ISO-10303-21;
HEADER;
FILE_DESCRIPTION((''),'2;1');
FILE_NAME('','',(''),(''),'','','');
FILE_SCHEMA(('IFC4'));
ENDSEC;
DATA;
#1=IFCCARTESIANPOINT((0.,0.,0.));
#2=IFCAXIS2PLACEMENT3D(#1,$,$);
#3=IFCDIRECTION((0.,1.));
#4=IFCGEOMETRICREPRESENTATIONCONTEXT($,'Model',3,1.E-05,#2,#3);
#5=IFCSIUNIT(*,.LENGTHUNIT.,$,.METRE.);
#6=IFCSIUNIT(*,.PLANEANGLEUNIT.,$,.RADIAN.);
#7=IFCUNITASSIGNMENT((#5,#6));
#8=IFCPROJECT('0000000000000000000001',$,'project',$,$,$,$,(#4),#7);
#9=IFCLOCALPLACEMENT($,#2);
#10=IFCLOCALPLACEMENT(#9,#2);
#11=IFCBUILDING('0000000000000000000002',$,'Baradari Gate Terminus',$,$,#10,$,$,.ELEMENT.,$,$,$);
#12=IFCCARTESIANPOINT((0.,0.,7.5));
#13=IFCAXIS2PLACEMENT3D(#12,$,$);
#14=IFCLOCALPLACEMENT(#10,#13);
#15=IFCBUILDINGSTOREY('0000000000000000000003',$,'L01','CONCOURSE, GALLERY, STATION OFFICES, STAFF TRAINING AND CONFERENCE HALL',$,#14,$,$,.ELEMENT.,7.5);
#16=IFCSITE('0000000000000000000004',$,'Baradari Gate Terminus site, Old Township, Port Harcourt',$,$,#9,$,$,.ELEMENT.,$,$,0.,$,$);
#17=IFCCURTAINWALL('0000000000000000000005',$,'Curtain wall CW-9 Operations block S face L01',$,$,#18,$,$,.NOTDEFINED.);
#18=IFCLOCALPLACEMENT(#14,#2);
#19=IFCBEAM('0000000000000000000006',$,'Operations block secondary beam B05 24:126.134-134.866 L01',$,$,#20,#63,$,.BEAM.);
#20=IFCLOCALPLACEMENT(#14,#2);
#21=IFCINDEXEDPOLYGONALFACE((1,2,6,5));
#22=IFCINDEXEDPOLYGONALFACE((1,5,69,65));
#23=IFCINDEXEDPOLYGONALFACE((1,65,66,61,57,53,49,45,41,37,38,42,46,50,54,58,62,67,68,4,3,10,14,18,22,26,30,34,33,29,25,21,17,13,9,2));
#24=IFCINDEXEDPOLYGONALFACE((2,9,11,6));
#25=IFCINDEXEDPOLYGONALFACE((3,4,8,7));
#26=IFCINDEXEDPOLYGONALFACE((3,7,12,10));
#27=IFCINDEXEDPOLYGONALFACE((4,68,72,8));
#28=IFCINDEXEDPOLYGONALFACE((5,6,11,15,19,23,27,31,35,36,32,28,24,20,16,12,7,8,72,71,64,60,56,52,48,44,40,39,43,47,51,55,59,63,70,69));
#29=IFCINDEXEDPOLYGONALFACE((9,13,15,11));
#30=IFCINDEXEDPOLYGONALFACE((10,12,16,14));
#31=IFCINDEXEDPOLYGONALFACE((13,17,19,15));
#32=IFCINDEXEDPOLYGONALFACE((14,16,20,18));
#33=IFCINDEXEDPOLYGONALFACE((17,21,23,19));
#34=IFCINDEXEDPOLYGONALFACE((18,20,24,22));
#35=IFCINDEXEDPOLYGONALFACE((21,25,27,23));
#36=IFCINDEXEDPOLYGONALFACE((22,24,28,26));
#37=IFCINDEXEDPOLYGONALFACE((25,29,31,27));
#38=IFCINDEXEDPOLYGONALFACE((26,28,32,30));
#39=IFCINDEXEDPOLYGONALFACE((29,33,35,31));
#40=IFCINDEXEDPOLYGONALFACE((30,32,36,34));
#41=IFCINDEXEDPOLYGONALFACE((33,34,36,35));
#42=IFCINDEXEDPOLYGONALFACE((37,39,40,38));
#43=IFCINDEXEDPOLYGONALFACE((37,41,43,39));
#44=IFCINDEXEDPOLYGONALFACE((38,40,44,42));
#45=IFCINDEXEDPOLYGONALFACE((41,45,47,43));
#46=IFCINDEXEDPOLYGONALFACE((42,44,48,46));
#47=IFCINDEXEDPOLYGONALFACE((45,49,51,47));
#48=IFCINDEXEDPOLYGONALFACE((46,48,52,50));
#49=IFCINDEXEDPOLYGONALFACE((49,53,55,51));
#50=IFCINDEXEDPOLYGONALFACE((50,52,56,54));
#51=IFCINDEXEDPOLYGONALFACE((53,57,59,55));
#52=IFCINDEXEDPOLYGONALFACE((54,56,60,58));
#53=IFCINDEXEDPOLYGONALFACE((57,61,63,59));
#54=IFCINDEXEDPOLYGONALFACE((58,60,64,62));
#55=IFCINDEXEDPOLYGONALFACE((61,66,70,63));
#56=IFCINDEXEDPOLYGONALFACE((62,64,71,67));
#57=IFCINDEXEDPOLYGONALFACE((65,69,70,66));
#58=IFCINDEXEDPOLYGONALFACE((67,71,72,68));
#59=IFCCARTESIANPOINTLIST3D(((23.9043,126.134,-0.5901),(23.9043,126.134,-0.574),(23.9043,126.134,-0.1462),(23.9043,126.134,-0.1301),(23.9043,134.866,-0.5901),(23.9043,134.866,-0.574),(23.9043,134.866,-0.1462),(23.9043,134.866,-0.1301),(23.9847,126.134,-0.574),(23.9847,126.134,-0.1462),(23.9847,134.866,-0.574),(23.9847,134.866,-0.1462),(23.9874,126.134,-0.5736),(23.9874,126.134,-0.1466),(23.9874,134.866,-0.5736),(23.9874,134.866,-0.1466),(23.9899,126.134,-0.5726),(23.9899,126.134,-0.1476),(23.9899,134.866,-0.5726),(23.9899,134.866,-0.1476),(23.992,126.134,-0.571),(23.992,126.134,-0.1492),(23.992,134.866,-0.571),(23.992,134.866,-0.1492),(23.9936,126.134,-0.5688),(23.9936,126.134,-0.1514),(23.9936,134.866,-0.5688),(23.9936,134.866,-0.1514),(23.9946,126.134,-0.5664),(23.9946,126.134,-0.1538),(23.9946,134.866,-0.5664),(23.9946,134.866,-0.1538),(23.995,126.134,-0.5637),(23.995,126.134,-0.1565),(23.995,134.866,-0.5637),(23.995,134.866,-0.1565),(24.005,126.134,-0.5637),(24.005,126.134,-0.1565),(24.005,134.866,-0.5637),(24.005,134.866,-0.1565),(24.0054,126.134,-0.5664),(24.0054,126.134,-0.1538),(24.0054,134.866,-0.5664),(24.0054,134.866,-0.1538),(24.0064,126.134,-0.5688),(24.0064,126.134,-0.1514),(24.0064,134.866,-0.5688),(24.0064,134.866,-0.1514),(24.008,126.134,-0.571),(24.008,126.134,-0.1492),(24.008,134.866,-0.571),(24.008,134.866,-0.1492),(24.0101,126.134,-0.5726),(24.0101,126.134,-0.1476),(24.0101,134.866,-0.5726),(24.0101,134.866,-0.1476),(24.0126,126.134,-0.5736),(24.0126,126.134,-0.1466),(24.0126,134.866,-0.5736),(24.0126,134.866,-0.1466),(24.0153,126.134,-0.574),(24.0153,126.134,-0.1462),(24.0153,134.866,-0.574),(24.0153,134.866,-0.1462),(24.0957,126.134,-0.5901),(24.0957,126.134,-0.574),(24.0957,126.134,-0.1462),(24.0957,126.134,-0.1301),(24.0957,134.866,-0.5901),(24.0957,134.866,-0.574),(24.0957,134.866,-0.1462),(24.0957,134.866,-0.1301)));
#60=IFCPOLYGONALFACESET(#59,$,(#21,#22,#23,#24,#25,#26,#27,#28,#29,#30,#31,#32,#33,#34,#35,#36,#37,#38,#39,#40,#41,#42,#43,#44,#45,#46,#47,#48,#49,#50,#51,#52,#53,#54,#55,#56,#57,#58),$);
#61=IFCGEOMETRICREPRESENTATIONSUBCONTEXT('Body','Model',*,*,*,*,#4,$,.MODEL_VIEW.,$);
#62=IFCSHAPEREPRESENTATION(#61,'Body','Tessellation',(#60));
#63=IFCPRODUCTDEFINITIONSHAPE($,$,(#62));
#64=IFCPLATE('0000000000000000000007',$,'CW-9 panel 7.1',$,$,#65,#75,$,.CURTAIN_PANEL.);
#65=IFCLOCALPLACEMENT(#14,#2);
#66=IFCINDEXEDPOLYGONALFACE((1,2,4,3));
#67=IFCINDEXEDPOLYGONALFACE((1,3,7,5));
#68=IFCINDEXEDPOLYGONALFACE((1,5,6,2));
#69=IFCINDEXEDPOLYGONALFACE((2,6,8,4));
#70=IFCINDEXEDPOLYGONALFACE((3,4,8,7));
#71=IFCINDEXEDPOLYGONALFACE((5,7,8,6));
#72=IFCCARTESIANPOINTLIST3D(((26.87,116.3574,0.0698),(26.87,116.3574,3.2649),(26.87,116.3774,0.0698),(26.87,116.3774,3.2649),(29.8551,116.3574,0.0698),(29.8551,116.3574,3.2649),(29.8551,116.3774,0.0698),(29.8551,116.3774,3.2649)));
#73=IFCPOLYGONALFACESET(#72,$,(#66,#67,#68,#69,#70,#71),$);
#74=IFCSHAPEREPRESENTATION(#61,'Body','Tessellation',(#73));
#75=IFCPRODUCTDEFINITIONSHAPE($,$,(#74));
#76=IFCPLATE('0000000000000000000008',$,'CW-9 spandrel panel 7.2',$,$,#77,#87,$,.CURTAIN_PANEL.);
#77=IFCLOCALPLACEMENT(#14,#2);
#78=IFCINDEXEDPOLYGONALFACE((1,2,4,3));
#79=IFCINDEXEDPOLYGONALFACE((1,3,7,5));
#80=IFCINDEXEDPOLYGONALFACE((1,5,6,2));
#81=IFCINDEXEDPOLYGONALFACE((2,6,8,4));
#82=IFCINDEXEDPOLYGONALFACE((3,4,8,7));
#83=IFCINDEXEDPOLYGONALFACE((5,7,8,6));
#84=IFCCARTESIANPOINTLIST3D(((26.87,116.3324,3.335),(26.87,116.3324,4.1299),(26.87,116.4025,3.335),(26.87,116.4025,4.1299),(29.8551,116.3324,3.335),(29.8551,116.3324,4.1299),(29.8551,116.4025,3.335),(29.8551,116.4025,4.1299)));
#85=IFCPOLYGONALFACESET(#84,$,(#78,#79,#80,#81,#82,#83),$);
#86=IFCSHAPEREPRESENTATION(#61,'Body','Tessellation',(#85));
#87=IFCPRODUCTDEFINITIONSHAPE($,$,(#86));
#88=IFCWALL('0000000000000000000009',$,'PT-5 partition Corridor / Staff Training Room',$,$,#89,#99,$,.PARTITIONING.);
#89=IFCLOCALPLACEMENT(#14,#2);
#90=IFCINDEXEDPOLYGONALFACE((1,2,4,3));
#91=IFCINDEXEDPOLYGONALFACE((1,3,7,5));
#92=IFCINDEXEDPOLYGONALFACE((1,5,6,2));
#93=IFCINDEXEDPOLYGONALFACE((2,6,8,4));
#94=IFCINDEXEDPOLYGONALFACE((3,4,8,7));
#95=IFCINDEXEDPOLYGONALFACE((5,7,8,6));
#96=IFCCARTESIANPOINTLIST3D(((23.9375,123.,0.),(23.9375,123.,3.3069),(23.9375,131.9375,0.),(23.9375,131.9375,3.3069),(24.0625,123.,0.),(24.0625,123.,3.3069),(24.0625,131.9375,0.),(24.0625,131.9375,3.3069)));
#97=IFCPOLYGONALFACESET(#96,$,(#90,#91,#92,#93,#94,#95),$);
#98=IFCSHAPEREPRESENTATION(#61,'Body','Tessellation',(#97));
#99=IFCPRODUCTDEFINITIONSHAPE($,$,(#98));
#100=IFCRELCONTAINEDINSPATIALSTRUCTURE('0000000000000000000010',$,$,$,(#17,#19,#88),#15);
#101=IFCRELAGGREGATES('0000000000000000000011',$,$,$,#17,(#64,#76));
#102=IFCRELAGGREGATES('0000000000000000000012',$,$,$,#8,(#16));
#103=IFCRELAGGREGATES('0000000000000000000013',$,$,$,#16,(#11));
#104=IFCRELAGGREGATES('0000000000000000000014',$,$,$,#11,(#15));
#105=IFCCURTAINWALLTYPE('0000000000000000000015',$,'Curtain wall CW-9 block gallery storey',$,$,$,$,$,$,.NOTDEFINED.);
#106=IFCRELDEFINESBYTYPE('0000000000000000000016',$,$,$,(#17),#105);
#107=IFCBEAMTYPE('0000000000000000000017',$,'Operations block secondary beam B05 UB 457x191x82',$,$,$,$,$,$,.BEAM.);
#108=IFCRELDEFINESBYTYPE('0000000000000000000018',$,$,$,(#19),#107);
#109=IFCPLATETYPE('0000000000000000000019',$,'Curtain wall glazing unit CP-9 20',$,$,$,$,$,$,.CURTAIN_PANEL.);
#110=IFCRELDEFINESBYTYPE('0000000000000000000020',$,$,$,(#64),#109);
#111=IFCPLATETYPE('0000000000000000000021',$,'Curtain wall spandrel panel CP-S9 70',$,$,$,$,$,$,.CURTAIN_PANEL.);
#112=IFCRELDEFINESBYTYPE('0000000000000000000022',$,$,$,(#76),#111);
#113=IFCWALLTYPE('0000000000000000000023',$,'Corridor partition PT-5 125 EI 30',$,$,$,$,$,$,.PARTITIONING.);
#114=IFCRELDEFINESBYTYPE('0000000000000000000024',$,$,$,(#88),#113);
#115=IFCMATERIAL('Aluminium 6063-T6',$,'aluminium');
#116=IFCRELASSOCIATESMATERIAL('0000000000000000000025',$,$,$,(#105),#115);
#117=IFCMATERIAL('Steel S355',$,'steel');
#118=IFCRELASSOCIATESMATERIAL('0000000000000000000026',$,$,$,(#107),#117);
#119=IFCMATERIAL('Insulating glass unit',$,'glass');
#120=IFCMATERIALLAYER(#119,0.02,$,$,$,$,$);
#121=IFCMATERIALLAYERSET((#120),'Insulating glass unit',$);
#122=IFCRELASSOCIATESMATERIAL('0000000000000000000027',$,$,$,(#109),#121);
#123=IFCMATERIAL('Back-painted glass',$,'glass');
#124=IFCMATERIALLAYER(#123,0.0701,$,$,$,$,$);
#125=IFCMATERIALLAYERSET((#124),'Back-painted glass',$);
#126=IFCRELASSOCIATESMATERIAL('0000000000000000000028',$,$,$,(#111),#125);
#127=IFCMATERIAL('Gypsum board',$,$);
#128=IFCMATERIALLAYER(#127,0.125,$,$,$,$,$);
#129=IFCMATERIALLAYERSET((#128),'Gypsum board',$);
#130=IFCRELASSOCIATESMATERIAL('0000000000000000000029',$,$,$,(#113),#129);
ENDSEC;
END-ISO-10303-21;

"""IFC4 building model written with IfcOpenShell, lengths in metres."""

from ifc_helpers import new_model, si_unit, direction, frame, frame_2d, origin, origin_2d, place, context, subcontext, project, spatial, rectangle, i_section, extrude, material, layer, layer_set, material_profile, profile_set, type_object, element, aggregate, save


model = new_model("IFC4")

# Units and contexts
model_context = context("Model", 3, precision=1e-05, world=origin(), true_north=direction((0.0, 1.0)))
body_context = subcontext(model_context, "Body", "Model", "MODEL_VIEW")
ifc_project = project(units=[si_unit("LENGTHUNIT", "METRE"), si_unit("PLANEANGLEUNIT", "RADIAN")], contexts=[model_context])

# Site, building, storey
site_placement = place(None, origin())
site = spatial("IfcSite", under=ifc_project, at=site_placement, Name="Baradari Gate Terminus site, Old Township, Port Harcourt", CompositionType="ELEMENT", RefElevation=0.0)
building_placement = place(site_placement, origin())
building = spatial("IfcBuilding", under=site, at=building_placement, Name="Baradari Gate Terminus", CompositionType="ELEMENT")
storey_placement = place(building_placement, frame((0.0, 0.0, 7.5)))
storey = spatial("IfcBuildingStorey", under=building, at=storey_placement, Name="L01", Description="CONCOURSE, GALLERY, STATION OFFICES, STAFF TRAINING AND CONFERENCE HALL", CompositionType="ELEMENT", Elevation=7.5)

# Curtain wall
ifc_material_1 = material(Name="Aluminium 6063-T6", Category="aluminium")
curtain_wall_type = type_object("IfcCurtainWallType", Name="Curtain wall CW-9 block gallery storey", PredefinedType="NOTDEFINED", material=ifc_material_1)
curtain_wall_placement = place(storey_placement, origin())
curtain_wall = element("IfcCurtainWall", 1, at=curtain_wall_placement, inside=storey, type_object=curtain_wall_type, Name="Curtain wall CW-9 Operations block S face L01", PredefinedType="NOTDEFINED")

# Beam
ifc_material_2 = material(Name="Steel S355", Category="steel")
ifc_material_profile_1 = material_profile(ifc_material_2, i_section(OverallWidth=0.1914, OverallDepth=0.46, WebThickness=0.01, FlangeThickness=0.0161, FilletRadius=0.0103, at=origin_2d()), Name="UB 457x191x82")
ifc_profile_set_1 = profile_set([ifc_material_profile_1], Name="Steel S355")
beam_type_1 = type_object("IfcBeamType", Name="Operations block secondary beam B05 UB 457x191x82", PredefinedType="BEAM", material=ifc_profile_set_1)
beam_1_placement = place(storey_placement, frame((24.0, 126.134, -0.3601), z_axis=(0.0, 1.0, 0.0), x_axis=(-1.0, 0.0, 0.0)))
element("IfcBeam", 2, at=beam_1_placement, inside=storey, type_object=beam_type_1, Name="Operations block secondary beam B05 24:126.134-134.866 L01", PredefinedType="BEAM", context=body_context, shape_type="SweptSolid", body=[
    extrude(i_section(OverallWidth=0.1914, OverallDepth=0.46, WebThickness=0.01, FlangeThickness=0.0161, FilletRadius=0.0103, at=origin_2d()), origin(), (0.0, 0.0, 1.0), 8.7319),
])

# Plates
ifc_material_3 = material(Name="Insulating glass unit", Category="glass")
ifc_layer_1 = layer(ifc_material_3, 0.02)
ifc_layer_set_1 = layer_set([ifc_layer_1], Name="Insulating glass unit")
plate_type_1 = type_object("IfcPlateType", Name="Curtain wall glazing unit CP-9 20", PredefinedType="CURTAIN_PANEL", material=ifc_layer_set_1)
plate_1_placement = place(storey_placement, frame((28.3625, 116.3674, 0.0698), z_axis=(0.0, 0.0, 1.0), x_axis=(1.0, 0.0, 0.0)))
plate_1 = element("IfcPlate", 3, at=plate_1_placement, type_object=plate_type_1, Name="CW-9 panel 7.1", PredefinedType="CURTAIN_PANEL", context=body_context, shape_type="SweptSolid", body=[
    extrude(rectangle(XDim=2.9851, YDim=0.02, at=origin_2d()), origin(), (0.0, 0.0, 1.0), 3.1951),
])
ifc_material_4 = material(Name="Back-painted glass", Category="glass")
ifc_layer_2 = layer(ifc_material_4, 0.0701)
ifc_layer_set_2 = layer_set([ifc_layer_2], Name="Back-painted glass")
plate_type_2 = type_object("IfcPlateType", Name="Curtain wall spandrel panel CP-S9 70", PredefinedType="CURTAIN_PANEL", material=ifc_layer_set_2)
plate_2_placement = place(storey_placement, frame((28.3625, 116.3674, 3.335), z_axis=(0.0, 0.0, 1.0), x_axis=(1.0, 0.0, 0.0)))
plate_2 = element("IfcPlate", 4, at=plate_2_placement, type_object=plate_type_2, Name="CW-9 spandrel panel 7.2", PredefinedType="CURTAIN_PANEL", context=body_context, shape_type="SweptSolid", body=[
    extrude(rectangle(XDim=2.9851, YDim=0.0701, at=origin_2d()), origin(), (0.0, 0.0, 1.0), 0.7949),
])
aggregate(curtain_wall, [plate_1, plate_2])

# Wall
ifc_material_5 = material(Name="Gypsum board")
ifc_layer_3 = layer(ifc_material_5, 0.125)
ifc_layer_set_3 = layer_set([ifc_layer_3], Name="Gypsum board")
wall_type_1 = type_object("IfcWallType", Name="Corridor partition PT-5 125 EI 30", PredefinedType="PARTITIONING", material=ifc_layer_set_3)
wall_1_placement = place(storey_placement, frame((24.0, 123.0, 0.0), z_axis=(0.0, 0.0, 1.0), x_axis=(0.0, 1.0, 0.0)))
element("IfcWall", 5, at=wall_1_placement, inside=storey, type_object=wall_type_1, Name="PT-5 partition Corridor / Staff Training Room", PredefinedType="PARTITIONING", context=body_context, shape_type="SweptSolid", body=[
    extrude(rectangle(XDim=8.9375, YDim=0.125, at=frame_2d((4.4688, 0.0))), origin(), (0.0, 0.0, 1.0), 3.3069),
])

save(model, "model.ifc")
